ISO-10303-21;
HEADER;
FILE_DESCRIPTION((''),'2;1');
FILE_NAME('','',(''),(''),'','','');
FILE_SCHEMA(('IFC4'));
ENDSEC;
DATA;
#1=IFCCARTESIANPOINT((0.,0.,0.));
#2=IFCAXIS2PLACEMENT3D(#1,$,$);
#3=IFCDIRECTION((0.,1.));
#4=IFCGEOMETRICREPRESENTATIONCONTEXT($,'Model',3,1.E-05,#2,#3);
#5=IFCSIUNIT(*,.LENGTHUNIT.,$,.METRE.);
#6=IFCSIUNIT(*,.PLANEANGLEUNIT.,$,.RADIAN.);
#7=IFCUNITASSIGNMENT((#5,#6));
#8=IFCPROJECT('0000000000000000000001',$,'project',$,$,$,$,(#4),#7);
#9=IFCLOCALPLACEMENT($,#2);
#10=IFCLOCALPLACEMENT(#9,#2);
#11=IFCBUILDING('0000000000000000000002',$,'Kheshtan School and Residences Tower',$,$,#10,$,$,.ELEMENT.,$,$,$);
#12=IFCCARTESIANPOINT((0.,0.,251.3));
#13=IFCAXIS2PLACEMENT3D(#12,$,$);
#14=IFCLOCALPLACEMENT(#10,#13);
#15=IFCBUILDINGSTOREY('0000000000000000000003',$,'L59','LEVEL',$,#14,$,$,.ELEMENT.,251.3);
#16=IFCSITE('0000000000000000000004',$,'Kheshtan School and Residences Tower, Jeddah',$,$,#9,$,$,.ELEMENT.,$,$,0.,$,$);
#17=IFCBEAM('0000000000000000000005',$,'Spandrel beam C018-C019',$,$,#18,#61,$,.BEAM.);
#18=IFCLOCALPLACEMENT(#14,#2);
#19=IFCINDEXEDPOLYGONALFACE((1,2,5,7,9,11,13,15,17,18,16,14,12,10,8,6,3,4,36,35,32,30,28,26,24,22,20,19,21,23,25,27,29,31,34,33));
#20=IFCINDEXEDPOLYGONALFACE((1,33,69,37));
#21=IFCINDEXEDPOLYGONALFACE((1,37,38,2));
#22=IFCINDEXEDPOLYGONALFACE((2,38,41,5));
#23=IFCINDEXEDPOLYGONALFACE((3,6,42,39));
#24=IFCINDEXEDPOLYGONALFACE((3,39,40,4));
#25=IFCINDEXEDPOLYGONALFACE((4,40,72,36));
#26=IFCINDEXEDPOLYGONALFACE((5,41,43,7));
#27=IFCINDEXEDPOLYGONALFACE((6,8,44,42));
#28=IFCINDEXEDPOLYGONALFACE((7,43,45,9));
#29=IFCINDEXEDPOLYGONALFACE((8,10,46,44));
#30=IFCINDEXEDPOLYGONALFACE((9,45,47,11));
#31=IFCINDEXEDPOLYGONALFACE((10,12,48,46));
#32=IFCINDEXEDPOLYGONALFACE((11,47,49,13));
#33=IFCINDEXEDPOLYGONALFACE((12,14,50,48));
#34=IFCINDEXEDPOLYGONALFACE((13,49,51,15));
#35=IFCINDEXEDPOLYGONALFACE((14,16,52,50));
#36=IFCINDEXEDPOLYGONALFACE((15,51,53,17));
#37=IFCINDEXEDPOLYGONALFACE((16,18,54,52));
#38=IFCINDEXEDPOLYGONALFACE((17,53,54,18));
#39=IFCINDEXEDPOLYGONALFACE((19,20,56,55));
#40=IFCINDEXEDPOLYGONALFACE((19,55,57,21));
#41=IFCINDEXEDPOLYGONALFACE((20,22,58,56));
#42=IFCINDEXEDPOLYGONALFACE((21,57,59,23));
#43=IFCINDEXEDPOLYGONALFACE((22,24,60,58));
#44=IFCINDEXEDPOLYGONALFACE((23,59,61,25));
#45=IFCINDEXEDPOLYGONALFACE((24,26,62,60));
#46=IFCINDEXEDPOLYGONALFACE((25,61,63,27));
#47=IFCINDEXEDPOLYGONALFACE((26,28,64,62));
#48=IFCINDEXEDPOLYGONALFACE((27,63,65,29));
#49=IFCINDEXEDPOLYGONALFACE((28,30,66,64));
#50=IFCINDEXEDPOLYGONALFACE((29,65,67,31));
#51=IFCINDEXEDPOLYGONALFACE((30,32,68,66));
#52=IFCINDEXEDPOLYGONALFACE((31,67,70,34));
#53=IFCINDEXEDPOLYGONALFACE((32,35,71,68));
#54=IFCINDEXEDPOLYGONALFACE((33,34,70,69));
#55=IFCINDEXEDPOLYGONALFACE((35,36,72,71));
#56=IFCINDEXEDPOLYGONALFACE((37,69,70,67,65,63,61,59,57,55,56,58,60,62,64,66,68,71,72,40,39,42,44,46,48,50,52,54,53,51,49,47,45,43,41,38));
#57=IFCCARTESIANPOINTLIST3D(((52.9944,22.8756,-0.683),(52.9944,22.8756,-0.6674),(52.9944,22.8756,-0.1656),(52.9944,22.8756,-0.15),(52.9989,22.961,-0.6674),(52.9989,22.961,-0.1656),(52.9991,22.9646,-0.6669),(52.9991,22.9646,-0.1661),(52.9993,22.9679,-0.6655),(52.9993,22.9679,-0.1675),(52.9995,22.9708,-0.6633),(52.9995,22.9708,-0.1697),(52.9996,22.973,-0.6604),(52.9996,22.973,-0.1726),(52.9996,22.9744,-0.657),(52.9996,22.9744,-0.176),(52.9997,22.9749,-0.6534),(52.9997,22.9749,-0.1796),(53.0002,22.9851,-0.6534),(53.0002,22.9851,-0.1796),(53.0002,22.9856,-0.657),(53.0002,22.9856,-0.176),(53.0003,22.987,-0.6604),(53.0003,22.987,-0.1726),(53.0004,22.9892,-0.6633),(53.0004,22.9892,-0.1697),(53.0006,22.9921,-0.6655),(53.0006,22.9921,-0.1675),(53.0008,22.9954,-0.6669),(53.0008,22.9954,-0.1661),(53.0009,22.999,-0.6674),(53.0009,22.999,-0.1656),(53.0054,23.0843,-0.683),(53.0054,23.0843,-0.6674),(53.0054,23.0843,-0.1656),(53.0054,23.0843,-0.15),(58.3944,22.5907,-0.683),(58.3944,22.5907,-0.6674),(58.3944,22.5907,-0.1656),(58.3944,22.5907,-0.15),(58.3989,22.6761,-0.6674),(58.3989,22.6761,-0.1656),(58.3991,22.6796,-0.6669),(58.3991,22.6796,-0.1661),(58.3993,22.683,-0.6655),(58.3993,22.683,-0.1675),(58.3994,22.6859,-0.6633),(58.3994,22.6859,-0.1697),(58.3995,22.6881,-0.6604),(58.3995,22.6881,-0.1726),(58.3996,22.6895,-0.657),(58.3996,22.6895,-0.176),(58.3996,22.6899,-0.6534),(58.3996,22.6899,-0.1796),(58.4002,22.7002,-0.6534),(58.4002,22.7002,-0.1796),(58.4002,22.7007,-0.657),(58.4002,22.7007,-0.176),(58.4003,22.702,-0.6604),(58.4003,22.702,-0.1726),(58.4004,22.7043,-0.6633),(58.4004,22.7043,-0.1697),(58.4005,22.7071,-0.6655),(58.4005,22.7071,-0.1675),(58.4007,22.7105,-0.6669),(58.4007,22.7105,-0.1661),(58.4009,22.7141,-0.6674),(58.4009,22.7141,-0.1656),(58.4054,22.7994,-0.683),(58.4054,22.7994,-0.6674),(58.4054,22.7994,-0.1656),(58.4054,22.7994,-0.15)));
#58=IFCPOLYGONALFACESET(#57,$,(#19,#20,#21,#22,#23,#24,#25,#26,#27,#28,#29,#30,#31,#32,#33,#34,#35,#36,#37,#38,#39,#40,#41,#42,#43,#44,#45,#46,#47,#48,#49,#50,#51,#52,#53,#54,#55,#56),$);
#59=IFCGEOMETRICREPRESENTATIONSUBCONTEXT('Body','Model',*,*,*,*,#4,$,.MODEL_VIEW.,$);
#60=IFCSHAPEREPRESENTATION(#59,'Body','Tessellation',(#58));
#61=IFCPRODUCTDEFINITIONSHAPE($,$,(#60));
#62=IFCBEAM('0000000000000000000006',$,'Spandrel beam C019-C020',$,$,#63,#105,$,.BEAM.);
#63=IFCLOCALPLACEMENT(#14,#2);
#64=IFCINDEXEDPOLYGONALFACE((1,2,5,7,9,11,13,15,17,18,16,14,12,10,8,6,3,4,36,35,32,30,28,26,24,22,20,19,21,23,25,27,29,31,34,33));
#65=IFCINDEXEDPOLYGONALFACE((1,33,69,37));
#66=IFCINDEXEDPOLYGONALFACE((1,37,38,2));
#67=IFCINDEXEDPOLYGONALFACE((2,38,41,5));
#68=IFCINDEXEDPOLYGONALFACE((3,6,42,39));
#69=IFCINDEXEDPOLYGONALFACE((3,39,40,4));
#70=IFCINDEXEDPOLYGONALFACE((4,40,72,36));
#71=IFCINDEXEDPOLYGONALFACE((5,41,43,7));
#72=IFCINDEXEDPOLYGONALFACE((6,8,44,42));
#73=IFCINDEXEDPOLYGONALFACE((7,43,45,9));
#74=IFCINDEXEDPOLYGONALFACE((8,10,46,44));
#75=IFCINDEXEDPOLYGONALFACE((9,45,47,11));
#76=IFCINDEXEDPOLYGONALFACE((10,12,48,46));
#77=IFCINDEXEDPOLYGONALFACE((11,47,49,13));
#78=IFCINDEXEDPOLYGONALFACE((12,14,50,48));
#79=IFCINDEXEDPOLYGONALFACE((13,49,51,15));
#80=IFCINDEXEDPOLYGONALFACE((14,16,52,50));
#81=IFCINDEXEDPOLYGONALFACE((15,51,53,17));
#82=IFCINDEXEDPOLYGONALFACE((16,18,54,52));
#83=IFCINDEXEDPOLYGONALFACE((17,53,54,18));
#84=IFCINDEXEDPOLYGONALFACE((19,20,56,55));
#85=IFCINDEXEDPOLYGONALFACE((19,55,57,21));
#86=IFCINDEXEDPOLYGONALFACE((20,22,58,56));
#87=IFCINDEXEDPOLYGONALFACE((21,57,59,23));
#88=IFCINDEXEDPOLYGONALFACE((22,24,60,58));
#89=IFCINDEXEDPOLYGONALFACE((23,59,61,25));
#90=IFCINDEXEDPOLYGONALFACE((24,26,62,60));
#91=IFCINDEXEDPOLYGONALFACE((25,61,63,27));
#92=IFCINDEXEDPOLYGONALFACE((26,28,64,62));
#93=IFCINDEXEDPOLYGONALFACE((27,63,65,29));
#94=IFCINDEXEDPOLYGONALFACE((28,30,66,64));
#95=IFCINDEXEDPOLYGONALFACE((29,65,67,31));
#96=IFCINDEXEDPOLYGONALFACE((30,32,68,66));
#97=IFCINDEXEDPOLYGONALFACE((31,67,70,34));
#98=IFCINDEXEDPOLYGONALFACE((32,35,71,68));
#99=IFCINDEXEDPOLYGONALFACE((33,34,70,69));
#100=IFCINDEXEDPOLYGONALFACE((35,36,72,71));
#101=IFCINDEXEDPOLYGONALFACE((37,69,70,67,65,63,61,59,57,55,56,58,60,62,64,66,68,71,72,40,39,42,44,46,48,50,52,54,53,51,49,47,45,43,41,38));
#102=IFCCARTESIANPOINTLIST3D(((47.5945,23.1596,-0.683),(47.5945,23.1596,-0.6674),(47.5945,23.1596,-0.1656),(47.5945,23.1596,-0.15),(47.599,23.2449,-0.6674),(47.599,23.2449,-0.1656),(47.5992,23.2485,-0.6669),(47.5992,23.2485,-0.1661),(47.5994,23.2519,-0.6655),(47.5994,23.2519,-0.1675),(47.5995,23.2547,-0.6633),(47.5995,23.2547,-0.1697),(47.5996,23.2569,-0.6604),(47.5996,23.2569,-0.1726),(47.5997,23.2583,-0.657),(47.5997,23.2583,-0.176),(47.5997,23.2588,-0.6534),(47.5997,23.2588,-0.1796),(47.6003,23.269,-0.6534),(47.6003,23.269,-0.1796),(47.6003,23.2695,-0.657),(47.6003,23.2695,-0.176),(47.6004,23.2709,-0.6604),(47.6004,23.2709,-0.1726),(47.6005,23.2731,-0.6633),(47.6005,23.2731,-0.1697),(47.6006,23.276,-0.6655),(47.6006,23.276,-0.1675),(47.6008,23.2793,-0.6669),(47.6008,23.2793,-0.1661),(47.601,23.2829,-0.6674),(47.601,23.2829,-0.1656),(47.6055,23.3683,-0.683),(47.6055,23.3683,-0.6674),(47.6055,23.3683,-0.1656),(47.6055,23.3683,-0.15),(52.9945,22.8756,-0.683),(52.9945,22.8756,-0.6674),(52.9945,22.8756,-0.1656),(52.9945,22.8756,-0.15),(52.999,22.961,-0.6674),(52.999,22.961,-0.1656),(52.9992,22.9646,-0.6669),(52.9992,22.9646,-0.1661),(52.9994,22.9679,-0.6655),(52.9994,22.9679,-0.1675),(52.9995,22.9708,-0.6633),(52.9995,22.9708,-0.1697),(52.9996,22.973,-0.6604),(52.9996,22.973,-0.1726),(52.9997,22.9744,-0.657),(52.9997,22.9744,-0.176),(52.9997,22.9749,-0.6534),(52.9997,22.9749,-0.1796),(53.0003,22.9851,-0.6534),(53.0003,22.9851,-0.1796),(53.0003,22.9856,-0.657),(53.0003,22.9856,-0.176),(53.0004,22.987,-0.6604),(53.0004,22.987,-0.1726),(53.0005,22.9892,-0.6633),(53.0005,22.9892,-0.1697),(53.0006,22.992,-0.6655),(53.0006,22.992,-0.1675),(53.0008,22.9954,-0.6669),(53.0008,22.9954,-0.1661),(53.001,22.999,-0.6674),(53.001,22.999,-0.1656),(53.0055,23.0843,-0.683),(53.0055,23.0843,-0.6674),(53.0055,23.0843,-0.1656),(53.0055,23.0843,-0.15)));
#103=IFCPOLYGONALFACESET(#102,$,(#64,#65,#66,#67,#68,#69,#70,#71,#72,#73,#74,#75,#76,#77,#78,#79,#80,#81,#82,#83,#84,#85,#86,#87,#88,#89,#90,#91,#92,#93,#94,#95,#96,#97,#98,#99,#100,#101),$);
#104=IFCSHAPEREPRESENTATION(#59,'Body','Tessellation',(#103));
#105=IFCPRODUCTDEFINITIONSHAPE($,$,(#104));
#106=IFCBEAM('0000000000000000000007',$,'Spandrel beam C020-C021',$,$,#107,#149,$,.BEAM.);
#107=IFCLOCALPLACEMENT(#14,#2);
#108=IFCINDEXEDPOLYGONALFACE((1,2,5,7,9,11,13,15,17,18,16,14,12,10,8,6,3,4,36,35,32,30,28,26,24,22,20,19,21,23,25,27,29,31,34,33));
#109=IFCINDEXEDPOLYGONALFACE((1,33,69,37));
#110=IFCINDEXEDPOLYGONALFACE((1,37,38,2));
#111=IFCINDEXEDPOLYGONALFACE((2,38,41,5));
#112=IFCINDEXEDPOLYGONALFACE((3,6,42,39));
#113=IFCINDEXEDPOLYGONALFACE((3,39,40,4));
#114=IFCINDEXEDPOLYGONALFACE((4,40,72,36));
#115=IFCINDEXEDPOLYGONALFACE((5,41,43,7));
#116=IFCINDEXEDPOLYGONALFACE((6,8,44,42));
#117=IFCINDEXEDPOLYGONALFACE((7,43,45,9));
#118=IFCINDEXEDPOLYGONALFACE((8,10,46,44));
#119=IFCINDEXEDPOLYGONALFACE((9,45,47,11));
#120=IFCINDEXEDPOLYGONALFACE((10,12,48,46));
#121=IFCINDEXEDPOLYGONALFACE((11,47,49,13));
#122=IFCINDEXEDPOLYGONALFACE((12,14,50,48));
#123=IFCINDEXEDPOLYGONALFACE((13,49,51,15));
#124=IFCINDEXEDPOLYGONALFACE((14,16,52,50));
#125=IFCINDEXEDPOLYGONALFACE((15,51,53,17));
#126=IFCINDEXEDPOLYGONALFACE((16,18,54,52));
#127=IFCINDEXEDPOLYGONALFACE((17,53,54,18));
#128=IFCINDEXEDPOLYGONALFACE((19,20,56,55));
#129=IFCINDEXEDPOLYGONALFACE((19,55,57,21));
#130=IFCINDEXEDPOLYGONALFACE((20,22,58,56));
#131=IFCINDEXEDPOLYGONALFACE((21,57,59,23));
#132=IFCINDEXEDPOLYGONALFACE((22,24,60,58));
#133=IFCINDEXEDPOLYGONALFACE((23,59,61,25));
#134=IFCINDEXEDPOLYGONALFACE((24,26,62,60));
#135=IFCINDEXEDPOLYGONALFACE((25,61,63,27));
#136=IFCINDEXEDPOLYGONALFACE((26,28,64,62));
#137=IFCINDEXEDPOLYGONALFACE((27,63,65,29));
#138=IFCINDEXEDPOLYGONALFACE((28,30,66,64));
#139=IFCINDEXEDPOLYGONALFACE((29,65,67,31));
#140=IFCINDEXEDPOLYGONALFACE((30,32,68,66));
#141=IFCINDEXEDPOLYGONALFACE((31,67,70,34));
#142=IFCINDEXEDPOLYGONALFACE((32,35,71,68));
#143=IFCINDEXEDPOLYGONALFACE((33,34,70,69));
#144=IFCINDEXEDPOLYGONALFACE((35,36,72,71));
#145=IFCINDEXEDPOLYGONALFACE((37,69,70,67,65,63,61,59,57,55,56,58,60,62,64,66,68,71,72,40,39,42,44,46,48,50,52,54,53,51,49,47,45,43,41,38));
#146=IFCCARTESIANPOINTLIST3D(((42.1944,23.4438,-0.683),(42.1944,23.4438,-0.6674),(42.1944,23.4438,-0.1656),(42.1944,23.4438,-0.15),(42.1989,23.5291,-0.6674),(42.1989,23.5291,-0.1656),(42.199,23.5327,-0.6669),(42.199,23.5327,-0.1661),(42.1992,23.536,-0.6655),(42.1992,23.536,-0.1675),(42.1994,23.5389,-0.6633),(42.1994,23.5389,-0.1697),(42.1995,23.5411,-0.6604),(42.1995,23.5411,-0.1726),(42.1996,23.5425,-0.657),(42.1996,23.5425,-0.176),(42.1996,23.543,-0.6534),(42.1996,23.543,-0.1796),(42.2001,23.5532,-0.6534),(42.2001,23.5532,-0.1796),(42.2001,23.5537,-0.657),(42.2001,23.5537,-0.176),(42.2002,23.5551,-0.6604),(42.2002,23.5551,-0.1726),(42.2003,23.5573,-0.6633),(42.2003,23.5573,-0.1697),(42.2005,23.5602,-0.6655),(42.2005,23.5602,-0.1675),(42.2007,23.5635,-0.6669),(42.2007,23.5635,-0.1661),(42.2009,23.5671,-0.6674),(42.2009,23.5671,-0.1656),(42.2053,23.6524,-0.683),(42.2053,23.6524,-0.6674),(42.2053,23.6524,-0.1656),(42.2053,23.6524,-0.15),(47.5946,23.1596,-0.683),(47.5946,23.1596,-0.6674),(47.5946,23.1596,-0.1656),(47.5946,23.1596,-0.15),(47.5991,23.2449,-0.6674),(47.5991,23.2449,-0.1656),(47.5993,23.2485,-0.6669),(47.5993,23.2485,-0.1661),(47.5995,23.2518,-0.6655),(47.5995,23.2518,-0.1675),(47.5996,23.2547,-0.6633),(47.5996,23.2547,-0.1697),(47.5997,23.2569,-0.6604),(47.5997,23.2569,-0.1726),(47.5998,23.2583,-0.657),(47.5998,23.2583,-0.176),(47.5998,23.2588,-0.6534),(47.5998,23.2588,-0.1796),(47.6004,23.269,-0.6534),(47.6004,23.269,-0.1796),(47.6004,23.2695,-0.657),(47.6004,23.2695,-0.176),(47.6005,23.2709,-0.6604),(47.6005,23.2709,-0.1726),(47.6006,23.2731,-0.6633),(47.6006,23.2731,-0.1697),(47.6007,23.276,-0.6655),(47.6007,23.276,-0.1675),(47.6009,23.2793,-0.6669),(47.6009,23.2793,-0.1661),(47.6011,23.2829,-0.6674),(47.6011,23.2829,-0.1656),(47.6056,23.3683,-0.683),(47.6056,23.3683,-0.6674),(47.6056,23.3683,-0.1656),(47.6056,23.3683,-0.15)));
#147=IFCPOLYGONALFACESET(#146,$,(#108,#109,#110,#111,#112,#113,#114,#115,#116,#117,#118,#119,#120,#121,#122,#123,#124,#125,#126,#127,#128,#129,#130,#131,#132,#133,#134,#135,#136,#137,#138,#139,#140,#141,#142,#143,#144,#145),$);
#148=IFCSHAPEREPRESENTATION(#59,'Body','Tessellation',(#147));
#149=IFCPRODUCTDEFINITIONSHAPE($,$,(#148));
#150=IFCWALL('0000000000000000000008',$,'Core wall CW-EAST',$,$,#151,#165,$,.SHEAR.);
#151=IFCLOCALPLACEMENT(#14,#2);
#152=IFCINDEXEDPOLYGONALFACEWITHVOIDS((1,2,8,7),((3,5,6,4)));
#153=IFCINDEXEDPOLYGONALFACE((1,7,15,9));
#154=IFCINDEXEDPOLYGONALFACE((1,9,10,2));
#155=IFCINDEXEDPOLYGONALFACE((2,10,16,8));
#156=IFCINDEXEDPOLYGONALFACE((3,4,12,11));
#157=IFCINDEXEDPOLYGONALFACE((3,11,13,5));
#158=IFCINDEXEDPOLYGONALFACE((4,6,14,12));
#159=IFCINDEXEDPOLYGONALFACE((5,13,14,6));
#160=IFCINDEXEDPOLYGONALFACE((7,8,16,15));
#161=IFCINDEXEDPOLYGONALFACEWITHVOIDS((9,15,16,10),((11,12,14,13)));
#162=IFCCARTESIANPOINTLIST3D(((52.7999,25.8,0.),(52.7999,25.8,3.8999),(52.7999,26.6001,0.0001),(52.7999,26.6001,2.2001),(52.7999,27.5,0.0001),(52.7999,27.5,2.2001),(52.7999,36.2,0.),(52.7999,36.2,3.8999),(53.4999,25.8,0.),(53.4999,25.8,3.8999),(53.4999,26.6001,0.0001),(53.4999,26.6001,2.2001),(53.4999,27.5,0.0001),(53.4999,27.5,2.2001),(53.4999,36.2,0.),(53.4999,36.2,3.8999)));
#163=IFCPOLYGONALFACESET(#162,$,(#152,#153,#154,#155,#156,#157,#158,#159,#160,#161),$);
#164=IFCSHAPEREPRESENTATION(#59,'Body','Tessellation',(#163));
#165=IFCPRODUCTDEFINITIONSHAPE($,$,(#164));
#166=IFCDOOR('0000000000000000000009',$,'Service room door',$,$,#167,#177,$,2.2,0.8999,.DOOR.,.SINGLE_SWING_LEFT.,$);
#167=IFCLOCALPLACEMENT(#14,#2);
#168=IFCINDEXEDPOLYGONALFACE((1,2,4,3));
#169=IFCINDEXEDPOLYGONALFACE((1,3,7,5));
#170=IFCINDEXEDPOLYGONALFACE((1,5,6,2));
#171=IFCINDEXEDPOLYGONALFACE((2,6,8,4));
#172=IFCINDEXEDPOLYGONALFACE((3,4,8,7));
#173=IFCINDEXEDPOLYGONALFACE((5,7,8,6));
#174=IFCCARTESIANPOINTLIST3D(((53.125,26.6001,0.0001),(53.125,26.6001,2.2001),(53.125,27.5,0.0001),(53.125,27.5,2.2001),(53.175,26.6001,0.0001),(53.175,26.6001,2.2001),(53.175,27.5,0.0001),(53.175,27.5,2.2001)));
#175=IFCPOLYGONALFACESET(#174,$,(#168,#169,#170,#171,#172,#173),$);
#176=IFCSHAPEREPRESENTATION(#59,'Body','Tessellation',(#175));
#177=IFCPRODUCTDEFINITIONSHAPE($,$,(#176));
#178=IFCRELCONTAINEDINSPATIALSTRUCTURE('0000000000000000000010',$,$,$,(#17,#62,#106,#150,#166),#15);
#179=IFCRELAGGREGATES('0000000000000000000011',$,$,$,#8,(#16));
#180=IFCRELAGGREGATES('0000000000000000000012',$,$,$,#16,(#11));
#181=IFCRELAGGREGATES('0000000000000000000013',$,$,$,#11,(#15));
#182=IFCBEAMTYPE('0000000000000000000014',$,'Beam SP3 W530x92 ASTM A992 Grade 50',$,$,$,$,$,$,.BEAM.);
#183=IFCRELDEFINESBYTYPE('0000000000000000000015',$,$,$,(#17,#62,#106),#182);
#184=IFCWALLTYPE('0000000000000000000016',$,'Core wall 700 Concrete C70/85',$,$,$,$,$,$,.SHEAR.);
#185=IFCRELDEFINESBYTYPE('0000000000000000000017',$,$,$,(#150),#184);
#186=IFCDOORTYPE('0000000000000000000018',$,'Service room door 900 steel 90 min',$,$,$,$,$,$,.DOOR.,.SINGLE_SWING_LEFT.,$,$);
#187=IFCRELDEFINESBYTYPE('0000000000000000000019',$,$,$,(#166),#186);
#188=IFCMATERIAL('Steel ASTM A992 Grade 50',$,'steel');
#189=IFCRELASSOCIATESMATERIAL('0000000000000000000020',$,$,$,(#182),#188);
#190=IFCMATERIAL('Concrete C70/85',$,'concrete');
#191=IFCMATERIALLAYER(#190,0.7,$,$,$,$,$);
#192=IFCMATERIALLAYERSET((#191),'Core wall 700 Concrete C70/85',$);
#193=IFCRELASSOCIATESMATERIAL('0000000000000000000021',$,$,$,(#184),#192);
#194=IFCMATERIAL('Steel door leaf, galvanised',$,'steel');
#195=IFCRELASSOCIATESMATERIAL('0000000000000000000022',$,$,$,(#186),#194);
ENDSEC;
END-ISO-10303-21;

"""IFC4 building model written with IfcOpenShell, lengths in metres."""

from ifc_helpers import new_model, si_unit, direction, frame, frame_2d, origin, origin_2d, place, context, subcontext, project, spatial, rectangle, i_section, extrude, source, transform, mapped, material, layer, layer_set, material_profile, profile_set, type_object, element, fill, save


model = new_model("IFC4")

# Units and contexts
model_context = context("Model", 3, precision=1e-05, world=origin(), true_north=direction((0.0, 1.0)))
body_context = subcontext(model_context, "Body", "Model", "MODEL_VIEW")
ifc_project = project(units=[si_unit("LENGTHUNIT", "METRE"), si_unit("PLANEANGLEUNIT", "RADIAN")], contexts=[model_context])

# Site, building, storey
site_placement = place(None, origin())
site = spatial("IfcSite", under=ifc_project, at=site_placement, Name="Kheshtan School and Residences Tower, Jeddah", CompositionType="ELEMENT", RefElevation=0.0)
building_placement = place(site_placement, origin())
building = spatial("IfcBuilding", under=site, at=building_placement, Name="Kheshtan School and Residences Tower", CompositionType="ELEMENT")
storey_placement = place(building_placement, frame((0.0, 0.0, 251.3)))
storey = spatial("IfcBuildingStorey", under=building, at=storey_placement, Name="L59", Description="LEVEL", CompositionType="ELEMENT", Elevation=251.3)

# Shared definitions
ifc_material_1 = material(Name="Steel ASTM A992 Grade 50", Category="steel")

# Beams
ifc_material_profile_1 = material_profile(ifc_material_1, i_section(OverallWidth=0.209, OverallDepth=0.533, WebThickness=0.0103, FlangeThickness=0.0156, FilletRadius=0.0139, at=origin_2d()), Name="W530x92")
ifc_profile_set_1 = profile_set([ifc_material_profile_1], Name="Steel ASTM A992 Grade 50")
beam_type_1 = type_object("IfcBeamType", Name="Beam SP3 W530x92 ASTM A992 Grade 50", PredefinedType="BEAM", material=ifc_profile_set_1)
for number, where, z_axis, x_axis, name in (
    (1, (58.3999, 22.6951, -0.4165), (-0.998611, 0.052689, 0.0), (-0.052689, -0.998611, 0.0), "Spandrel beam C018-C019"),
    (2, (53.0, 22.98, -0.4165), (-0.99862, 0.052509, 0.0), (-0.052509, -0.99862, 0.0), "Spandrel beam C019-C020"),
):
    element("IfcBeam", number, at=place(storey_placement, frame(where, z_axis=z_axis, x_axis=x_axis)), inside=storey, type_object=beam_type_1, Name=name, PredefinedType="BEAM", context=body_context, shape_type="SweptSolid", body=[
        extrude(i_section(OverallWidth=0.209, OverallDepth=0.533, WebThickness=0.0103, FlangeThickness=0.0156, FilletRadius=0.0139, at=origin_2d()), origin(), (0.0, 0.0, 1.0), 5.4075),
    ])
beam_1_placement = place(storey_placement, frame((47.6001, 23.2639, -0.4165), z_axis=(-0.998618, 0.052552, 0.0), x_axis=(-0.052552, -0.998618, 0.0)))
element("IfcBeam", 3, at=beam_1_placement, inside=storey, type_object=beam_type_1, Name="Spandrel beam C020-C021", PredefinedType="BEAM", context=body_context, shape_type="SweptSolid", body=[
    extrude(i_section(OverallWidth=0.209, OverallDepth=0.533, WebThickness=0.0103, FlangeThickness=0.0156, FilletRadius=0.0139, at=origin_2d()), origin(), (0.0, 0.0, 1.0), 5.4077),
])

# Wall, opening, door
ifc_material_2 = material(Name="Concrete C70/85", Category="concrete")
ifc_layer_1 = layer(ifc_material_2, 0.7)
ifc_layer_set_1 = layer_set([ifc_layer_1], Name="Core wall 700 Concrete C70/85")
wall_type_1 = type_object("IfcWallType", Name="Core wall 700 Concrete C70/85", PredefinedType="SHEAR", material=ifc_layer_set_1)
wall_1_placement = place(storey_placement, frame((53.1499, 25.8, 0.0), z_axis=(0.0, 0.0, 1.0), x_axis=(0.0, 1.0, 0.0)))
wall_1 = element("IfcWall", 4, at=wall_1_placement, inside=storey, type_object=wall_type_1, Name="Core wall CW-EAST", PredefinedType="SHEAR", context=body_context, shape_type="SweptSolid", body=[
    extrude(rectangle(XDim=10.3999, YDim=0.7, at=frame_2d((5.2, 0.0))), origin(), (0.0, 0.0, 1.0), 3.8999),
])
opening_1_placement = place(wall_1_placement, frame((0.8, 0.0, 0.0)))
opening_1 = element("IfcOpeningElement", 5, at=opening_1_placement, cuts=wall_1, PredefinedType="OPENING", context=body_context, shape_type="SweptSolid", body=[
    extrude(rectangle(XDim=0.8999, YDim=2.2, at=frame_2d((0.45, 1.1001))), frame((0.0, 0.3599, 0.0), z_axis=(0.0, -1.0, 0.0), x_axis=(1.0, 0.0, 0.0)), (0.0, 0.0, 1.0), 0.72),
])
ifc_material_3 = material(Name="Steel door leaf, galvanised", Category="steel")
door_type_1 = type_object("IfcDoorType", Name="Service room door 900 steel 90 min", OperationType="SINGLE_SWING_LEFT", PredefinedType="DOOR", material=ifc_material_3)
shared_shape_1 = source(origin(), body_context, "Body", "SweptSolid", [
    extrude(rectangle(XDim=0.8999, YDim=2.2, at=frame_2d((0.45, 1.1001))), frame((0.0, 0.0249, 0.0), z_axis=(0.0, -1.0, 0.0), x_axis=(1.0, 0.0, 0.0)), (0.0, 0.0, 1.0), 0.05),
])
door_1_placement = place(opening_1_placement, origin())
door_1 = element("IfcDoor", 6, at=door_1_placement, inside=storey, type_object=door_type_1, Name="Service room door", OperationType="SINGLE_SWING_LEFT", OverallHeight=2.2, OverallWidth=0.8999, PredefinedType="DOOR", context=body_context, shape_type="MappedRepresentation", body=[
    mapped(shared_shape_1, transform((0.0, 0.0, 0.0), x_axis=(1.0, 0.0, 0.0), y_axis=(0.0, 1.0, 0.0), z_axis=(0.0, 0.0, 1.0), scale=1.0)),
])
fill(opening_1, door_1)

save(model, "model.ifc")
